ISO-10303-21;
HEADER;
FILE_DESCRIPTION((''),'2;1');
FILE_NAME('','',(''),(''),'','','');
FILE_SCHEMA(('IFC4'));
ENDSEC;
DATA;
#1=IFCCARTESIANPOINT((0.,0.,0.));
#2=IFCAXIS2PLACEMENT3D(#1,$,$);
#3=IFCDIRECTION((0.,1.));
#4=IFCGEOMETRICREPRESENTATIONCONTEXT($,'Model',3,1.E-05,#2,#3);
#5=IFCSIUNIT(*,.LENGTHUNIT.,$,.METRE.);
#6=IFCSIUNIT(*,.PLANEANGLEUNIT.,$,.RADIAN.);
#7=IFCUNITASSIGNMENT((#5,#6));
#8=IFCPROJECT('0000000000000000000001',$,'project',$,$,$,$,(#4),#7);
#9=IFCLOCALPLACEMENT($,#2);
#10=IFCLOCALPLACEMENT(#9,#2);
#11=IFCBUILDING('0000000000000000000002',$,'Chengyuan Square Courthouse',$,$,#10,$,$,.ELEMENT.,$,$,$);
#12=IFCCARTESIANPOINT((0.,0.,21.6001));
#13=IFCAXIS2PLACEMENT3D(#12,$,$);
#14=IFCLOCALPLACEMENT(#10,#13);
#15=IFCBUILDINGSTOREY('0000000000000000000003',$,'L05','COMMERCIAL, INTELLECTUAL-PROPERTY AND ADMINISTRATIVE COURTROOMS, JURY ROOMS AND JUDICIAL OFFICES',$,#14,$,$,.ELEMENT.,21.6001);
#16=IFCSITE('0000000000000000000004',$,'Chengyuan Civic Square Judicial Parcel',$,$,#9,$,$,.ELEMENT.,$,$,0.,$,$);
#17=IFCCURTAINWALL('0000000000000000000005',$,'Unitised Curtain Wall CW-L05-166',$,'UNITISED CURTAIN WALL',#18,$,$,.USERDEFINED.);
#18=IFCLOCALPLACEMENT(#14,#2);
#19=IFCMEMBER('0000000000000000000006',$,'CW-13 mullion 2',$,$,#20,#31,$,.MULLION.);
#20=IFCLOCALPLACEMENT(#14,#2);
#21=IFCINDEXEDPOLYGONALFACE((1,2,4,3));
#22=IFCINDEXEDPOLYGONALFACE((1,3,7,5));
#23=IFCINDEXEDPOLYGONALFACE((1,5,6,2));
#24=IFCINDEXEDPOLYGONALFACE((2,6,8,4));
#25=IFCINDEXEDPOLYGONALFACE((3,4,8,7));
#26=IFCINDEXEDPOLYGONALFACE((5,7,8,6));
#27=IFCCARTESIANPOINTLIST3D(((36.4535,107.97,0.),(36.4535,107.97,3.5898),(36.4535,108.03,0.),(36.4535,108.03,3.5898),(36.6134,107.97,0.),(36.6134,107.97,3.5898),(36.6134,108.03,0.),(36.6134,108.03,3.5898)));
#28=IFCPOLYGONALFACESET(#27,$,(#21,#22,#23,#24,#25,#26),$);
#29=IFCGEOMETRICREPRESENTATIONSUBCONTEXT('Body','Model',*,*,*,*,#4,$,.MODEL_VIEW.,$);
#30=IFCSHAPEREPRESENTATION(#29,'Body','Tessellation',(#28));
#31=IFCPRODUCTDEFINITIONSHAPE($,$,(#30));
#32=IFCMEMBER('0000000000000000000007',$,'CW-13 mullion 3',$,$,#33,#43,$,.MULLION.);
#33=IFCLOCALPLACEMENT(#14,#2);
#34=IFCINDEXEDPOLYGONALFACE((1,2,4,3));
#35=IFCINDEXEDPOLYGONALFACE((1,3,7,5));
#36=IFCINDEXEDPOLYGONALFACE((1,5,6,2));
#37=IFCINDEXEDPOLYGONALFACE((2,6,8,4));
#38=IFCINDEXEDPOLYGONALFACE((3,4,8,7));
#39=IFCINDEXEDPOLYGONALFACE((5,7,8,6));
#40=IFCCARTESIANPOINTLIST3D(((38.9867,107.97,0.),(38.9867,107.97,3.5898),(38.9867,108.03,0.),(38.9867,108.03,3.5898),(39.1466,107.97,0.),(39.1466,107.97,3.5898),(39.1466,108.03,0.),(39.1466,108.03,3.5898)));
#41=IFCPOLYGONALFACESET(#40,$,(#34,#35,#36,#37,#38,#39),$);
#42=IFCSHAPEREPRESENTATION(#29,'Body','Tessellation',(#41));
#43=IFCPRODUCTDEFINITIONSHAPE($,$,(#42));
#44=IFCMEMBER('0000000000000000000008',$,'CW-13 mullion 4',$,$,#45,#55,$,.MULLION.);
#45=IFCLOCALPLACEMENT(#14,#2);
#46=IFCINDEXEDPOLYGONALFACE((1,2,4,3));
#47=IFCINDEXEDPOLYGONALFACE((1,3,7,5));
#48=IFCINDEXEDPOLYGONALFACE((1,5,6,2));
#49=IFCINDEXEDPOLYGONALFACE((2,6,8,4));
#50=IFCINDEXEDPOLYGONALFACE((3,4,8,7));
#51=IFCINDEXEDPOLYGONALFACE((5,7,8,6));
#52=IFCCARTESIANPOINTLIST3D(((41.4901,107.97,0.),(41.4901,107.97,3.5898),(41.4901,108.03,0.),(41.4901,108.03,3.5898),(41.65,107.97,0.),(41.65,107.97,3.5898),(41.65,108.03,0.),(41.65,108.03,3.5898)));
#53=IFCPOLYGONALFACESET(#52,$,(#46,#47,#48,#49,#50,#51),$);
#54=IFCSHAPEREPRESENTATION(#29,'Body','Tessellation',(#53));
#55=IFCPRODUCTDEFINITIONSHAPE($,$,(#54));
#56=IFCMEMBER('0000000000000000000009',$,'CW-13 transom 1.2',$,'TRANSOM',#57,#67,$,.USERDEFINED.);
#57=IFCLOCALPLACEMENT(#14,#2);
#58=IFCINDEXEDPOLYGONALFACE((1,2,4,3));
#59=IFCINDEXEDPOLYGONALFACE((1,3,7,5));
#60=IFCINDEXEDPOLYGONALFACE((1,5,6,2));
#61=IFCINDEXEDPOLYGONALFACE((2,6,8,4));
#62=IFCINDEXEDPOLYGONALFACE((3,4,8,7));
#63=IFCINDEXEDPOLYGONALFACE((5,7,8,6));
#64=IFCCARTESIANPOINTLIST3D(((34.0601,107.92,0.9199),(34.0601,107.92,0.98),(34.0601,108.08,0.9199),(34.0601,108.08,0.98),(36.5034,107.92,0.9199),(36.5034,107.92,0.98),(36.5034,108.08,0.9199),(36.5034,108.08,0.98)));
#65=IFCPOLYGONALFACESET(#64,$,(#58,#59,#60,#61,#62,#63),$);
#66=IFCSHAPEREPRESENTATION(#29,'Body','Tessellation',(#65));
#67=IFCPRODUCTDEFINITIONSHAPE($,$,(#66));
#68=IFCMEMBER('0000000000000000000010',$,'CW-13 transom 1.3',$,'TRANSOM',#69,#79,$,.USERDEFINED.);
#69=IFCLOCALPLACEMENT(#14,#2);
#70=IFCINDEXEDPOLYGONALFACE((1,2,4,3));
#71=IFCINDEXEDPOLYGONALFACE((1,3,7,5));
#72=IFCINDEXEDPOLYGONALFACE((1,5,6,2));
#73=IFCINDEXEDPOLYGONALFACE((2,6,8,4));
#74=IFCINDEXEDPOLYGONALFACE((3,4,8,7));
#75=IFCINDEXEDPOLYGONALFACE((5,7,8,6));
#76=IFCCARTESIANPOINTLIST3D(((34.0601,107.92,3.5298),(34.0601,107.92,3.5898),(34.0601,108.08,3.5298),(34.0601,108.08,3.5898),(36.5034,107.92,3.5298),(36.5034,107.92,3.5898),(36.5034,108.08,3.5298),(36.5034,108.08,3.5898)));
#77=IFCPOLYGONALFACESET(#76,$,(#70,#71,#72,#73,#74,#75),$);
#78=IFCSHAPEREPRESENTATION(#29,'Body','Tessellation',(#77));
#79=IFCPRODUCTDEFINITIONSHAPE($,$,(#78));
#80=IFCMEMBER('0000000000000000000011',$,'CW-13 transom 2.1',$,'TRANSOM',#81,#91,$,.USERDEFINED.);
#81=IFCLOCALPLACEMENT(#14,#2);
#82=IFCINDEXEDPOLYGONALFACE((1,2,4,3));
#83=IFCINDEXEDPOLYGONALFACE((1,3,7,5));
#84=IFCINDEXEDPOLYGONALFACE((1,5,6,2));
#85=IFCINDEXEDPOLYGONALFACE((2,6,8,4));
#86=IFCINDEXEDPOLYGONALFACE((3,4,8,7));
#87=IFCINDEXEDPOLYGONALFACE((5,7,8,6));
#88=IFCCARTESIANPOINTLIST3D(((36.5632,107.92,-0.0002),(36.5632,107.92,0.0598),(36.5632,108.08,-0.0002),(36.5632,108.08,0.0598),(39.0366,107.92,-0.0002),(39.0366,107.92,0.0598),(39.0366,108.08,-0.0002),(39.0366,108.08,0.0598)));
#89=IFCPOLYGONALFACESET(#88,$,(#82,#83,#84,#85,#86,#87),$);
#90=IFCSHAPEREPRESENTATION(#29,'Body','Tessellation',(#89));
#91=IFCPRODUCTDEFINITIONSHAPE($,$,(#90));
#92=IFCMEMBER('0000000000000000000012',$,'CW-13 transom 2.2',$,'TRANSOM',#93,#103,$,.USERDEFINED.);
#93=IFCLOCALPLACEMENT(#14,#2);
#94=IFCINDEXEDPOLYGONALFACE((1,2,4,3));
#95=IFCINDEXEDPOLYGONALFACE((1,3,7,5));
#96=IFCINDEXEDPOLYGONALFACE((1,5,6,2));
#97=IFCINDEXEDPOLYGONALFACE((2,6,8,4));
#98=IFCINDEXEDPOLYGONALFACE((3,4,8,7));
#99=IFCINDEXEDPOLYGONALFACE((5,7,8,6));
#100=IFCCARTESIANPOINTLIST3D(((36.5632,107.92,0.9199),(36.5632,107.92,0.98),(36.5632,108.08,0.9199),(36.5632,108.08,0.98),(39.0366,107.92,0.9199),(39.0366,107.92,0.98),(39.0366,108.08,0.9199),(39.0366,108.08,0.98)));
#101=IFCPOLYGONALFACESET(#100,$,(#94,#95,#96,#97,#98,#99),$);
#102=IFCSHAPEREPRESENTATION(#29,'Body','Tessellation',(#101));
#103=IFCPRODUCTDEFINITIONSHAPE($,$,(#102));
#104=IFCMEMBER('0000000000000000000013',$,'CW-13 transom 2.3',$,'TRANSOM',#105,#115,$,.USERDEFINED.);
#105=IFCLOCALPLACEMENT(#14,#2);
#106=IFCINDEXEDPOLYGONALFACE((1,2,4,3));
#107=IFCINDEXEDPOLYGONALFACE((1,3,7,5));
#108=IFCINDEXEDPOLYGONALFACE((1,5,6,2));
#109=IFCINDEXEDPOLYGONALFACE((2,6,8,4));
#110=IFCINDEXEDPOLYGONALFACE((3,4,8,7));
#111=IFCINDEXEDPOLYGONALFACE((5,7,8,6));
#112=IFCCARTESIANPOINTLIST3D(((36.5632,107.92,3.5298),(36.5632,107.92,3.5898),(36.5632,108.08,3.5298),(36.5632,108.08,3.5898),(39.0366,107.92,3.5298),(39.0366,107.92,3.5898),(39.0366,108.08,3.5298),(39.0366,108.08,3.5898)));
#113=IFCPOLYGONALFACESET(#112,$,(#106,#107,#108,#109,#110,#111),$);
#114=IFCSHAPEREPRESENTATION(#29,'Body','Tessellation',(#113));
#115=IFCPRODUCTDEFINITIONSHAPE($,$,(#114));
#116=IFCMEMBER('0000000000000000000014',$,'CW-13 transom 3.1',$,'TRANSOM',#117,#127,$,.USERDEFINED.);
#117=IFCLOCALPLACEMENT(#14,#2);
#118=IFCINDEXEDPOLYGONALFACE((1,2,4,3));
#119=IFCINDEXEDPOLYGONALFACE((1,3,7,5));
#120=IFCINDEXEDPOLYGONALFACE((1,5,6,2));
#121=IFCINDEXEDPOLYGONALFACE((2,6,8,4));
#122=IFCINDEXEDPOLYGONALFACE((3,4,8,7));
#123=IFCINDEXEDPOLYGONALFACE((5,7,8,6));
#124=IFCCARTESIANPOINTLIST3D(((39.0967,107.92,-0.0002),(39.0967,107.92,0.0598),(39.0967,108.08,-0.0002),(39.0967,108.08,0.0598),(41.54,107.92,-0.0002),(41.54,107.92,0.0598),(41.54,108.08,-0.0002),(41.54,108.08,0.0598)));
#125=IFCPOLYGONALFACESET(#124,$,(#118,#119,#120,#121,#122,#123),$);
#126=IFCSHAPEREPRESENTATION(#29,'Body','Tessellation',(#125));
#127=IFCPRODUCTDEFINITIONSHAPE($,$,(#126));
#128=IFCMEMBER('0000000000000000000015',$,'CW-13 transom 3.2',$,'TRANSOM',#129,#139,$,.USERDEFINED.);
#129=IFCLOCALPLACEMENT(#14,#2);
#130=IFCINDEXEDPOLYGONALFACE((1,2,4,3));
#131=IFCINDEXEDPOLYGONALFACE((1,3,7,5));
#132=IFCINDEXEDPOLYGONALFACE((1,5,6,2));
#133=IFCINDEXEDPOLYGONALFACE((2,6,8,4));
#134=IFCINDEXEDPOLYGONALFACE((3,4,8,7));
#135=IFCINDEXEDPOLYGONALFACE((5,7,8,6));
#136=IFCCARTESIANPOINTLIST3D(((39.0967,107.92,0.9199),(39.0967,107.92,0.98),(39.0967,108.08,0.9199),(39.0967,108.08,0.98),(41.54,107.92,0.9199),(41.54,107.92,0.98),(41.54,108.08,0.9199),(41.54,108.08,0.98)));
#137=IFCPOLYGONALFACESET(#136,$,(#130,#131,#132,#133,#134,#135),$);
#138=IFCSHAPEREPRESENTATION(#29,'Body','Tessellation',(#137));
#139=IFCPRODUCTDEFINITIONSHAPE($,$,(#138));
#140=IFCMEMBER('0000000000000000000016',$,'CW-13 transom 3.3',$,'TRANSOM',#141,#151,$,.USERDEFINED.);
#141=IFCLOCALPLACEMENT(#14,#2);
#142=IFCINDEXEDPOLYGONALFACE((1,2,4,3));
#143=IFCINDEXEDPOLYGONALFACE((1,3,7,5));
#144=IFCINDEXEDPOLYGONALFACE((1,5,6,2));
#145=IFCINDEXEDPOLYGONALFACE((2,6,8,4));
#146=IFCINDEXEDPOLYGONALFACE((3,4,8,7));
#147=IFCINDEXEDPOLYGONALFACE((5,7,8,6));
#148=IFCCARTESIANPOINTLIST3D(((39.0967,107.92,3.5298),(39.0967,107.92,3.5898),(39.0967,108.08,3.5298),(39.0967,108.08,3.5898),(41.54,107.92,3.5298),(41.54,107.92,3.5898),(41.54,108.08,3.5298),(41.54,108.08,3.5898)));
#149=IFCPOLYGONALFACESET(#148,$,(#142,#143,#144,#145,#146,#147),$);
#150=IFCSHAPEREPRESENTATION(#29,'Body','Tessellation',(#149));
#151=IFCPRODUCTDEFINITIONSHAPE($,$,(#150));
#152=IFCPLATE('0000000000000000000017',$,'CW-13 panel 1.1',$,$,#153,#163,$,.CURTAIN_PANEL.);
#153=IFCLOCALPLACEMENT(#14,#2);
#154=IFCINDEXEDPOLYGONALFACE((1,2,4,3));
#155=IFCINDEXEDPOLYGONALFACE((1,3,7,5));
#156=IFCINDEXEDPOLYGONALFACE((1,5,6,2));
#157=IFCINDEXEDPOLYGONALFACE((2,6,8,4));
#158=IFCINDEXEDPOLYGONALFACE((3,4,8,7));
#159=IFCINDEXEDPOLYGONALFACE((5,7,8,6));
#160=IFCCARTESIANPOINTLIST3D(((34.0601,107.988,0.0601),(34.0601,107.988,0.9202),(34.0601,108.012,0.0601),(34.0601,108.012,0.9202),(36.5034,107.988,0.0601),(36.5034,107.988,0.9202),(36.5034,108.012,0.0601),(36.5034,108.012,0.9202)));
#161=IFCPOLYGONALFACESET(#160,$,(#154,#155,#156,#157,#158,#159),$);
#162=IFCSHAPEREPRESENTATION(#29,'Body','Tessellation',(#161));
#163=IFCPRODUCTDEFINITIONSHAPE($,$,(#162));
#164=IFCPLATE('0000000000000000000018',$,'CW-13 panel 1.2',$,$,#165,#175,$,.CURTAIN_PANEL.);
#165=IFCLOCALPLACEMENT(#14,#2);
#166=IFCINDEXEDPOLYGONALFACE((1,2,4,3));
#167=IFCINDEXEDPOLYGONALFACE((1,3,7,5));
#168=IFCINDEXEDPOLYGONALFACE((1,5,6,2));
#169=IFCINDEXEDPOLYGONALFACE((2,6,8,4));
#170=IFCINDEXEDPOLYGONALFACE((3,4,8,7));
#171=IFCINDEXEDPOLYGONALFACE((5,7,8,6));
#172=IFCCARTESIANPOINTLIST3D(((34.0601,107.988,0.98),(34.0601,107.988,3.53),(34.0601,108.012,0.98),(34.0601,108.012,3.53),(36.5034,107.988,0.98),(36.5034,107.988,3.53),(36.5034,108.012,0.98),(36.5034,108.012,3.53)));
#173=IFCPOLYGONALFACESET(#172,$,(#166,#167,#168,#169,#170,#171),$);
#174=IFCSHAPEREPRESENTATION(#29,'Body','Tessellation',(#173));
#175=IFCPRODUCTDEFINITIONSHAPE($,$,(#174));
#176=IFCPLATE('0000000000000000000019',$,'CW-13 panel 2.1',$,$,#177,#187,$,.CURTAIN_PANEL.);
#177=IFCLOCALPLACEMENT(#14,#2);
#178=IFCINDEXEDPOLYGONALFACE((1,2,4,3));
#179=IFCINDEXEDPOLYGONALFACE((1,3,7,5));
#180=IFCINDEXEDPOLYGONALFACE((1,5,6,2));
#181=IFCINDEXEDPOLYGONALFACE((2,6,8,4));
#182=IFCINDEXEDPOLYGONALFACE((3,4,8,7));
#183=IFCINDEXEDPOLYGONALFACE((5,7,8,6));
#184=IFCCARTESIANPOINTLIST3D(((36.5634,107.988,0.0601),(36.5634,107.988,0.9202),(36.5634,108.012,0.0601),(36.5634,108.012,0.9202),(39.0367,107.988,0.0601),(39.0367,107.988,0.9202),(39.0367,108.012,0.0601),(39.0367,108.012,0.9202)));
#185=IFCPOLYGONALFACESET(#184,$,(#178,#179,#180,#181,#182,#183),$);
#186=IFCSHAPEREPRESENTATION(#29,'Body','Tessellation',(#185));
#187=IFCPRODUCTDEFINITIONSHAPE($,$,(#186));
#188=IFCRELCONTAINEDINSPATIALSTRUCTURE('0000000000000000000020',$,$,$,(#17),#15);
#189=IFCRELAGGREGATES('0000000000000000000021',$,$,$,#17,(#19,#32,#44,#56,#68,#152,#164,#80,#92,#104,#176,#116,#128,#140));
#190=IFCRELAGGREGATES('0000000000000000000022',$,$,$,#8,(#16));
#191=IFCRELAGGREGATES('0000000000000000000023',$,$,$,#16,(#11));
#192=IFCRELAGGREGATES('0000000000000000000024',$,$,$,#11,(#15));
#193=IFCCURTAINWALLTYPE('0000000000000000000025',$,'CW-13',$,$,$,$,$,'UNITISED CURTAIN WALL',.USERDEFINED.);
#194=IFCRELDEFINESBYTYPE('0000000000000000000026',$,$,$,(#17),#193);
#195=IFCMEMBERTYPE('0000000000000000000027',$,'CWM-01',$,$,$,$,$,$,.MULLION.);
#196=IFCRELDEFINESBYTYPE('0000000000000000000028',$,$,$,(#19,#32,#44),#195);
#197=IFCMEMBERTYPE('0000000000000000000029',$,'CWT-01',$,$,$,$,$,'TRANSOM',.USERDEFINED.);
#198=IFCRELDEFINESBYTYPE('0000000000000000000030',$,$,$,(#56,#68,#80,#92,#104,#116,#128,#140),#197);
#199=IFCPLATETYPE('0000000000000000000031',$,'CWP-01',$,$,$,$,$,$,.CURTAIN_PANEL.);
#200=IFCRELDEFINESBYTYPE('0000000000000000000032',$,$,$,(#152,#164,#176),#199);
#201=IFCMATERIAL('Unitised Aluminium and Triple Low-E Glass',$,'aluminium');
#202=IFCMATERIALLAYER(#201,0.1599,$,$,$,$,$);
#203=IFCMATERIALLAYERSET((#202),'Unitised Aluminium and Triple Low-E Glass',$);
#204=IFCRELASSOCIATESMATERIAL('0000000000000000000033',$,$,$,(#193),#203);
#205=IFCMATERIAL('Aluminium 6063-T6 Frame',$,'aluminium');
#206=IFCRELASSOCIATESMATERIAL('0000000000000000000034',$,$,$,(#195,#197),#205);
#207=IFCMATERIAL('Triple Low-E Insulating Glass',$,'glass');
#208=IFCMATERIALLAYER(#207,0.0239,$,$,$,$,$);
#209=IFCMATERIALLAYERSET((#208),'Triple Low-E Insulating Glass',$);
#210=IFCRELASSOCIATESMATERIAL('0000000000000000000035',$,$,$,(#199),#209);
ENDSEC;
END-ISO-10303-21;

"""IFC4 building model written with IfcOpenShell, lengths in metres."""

from ifc_helpers import new_model, si_unit, direction, frame, origin, origin_2d, place, context, subcontext, project, spatial, rectangle, extrude, material, layer, layer_set, material_profile, profile_set, type_object, element, aggregate, save


model = new_model("IFC4")

# Units and contexts
model_context = context("Model", 3, precision=1e-05, world=origin(), true_north=direction((0.0, 1.0)))
body_context = subcontext(model_context, "Body", "Model", "MODEL_VIEW")
ifc_project = project(units=[si_unit("LENGTHUNIT", "METRE"), si_unit("PLANEANGLEUNIT", "RADIAN")], contexts=[model_context])

# Site, building, storey
site_placement = place(None, origin())
site = spatial("IfcSite", under=ifc_project, at=site_placement, Name="Chengyuan Civic Square Judicial Parcel", CompositionType="ELEMENT", RefElevation=0.0)
building_placement = place(site_placement, origin())
building = spatial("IfcBuilding", under=site, at=building_placement, Name="Chengyuan Square Courthouse", CompositionType="ELEMENT")
storey_placement = place(building_placement, frame((0.0, 0.0, 21.6001)))
storey = spatial("IfcBuildingStorey", under=building, at=storey_placement, Name="L05", Description="COMMERCIAL, INTELLECTUAL-PROPERTY AND ADMINISTRATIVE COURTROOMS, JURY ROOMS AND JUDICIAL OFFICES", CompositionType="ELEMENT", Elevation=21.6001)

# Curtain wall, members, plates
ifc_material_1 = material(Name="Unitised Aluminium and Triple Low-E Glass", Category="aluminium")
ifc_layer_1 = layer(ifc_material_1, 0.1599)
ifc_layer_set_1 = layer_set([ifc_layer_1], Name="Unitised Aluminium and Triple Low-E Glass")
curtain_wall_type = type_object("IfcCurtainWallType", Name="CW-13", ElementType="UNITISED CURTAIN WALL", PredefinedType="USERDEFINED", material=ifc_layer_set_1)
curtain_wall_placement = place(storey_placement, origin())
curtain_wall = element("IfcCurtainWall", 1, at=curtain_wall_placement, inside=storey, type_object=curtain_wall_type, Name="Unitised Curtain Wall CW-L05-166", ObjectType="UNITISED CURTAIN WALL", PredefinedType="USERDEFINED")
ifc_material_2 = material(Name="Aluminium 6063-T6 Frame", Category="aluminium")
ifc_material_profile_1 = material_profile(ifc_material_2, rectangle(XDim=0.0601, YDim=0.1599, at=origin_2d()), Name="CW-MUL-60x160")
ifc_profile_set_1 = profile_set([ifc_material_profile_1], Name="Aluminium 6063-T6 Frame")
member_type_1 = type_object("IfcMemberType", Name="CWM-01", PredefinedType="MULLION", material=ifc_profile_set_1)
member_1_placement = place(storey_placement, frame((36.5334, 108.0, 0.0), z_axis=(0.0, 0.0, 1.0), x_axis=(0.0, 1.0, 0.0)))
member_1 = element("IfcMember", 2, at=member_1_placement, type_object=member_type_1, Name="CW-13 mullion 2", PredefinedType="MULLION", context=body_context, shape_type="SweptSolid", body=[
    extrude(rectangle(XDim=0.0601, YDim=0.1599, at=origin_2d()), origin(), (0.0, 0.0, 1.0), 3.5898),
])
member_2_placement = place(storey_placement, frame((39.0667, 108.0, 0.0), z_axis=(0.0, 0.0, 1.0), x_axis=(0.0, 1.0, 0.0)))
member_2 = element("IfcMember", 3, at=member_2_placement, type_object=member_type_1, Name="CW-13 mullion 3", PredefinedType="MULLION", context=body_context, shape_type="SweptSolid", body=[
    extrude(rectangle(XDim=0.0601, YDim=0.1599, at=origin_2d()), origin(), (0.0, 0.0, 1.0), 3.5898),
])
member_3_placement = place(storey_placement, frame((41.5701, 108.0, 0.0), z_axis=(0.0, 0.0, 1.0), x_axis=(0.0, 1.0, 0.0)))
member_3 = element("IfcMember", 4, at=member_3_placement, type_object=member_type_1, Name="CW-13 mullion 4", PredefinedType="MULLION", context=body_context, shape_type="SweptSolid", body=[
    extrude(rectangle(XDim=0.0601, YDim=0.1599, at=origin_2d()), origin(), (0.0, 0.0, 1.0), 3.5898),
])
ifc_material_profile_2 = material_profile(ifc_material_2, rectangle(XDim=0.1599, YDim=0.0601, at=origin_2d()), Name="CW-TRN-60x120")
ifc_profile_set_2 = profile_set([ifc_material_profile_2], Name="Aluminium 6063-T6 Frame")
member_type_2 = type_object("IfcMemberType", Name="CWT-01", ElementType="TRANSOM", PredefinedType="USERDEFINED", material=ifc_profile_set_2)
member_4_placement = place(storey_placement, frame((34.0601, 108.0, 0.95), z_axis=(1.0, 0.0, 0.0), x_axis=(0.0, 1.0, 0.0)))
member_4 = element("IfcMember", 5, at=member_4_placement, type_object=member_type_2, Name="CW-13 transom 1.2", ObjectType="TRANSOM", PredefinedType="USERDEFINED", context=body_context, shape_type="SweptSolid", body=[
    extrude(rectangle(XDim=0.1599, YDim=0.0601, at=origin_2d()), origin(), (0.0, 0.0, 1.0), 2.4434),
])
member_5_placement = place(storey_placement, frame((34.0601, 108.0, 3.5598), z_axis=(1.0, 0.0, 0.0), x_axis=(0.0, 1.0, 0.0)))
member_5 = element("IfcMember", 6, at=member_5_placement, type_object=member_type_2, Name="CW-13 transom 1.3", ObjectType="TRANSOM", PredefinedType="USERDEFINED", context=body_context, shape_type="SweptSolid", body=[
    extrude(rectangle(XDim=0.1599, YDim=0.0601, at=origin_2d()), origin(), (0.0, 0.0, 1.0), 2.4434),
])
member_6_placement = place(storey_placement, frame((36.5632, 108.0, 0.0298), z_axis=(1.0, 0.0, 0.0), x_axis=(0.0, 1.0, 0.0)))
member_6 = element("IfcMember", 7, at=member_6_placement, type_object=member_type_2, Name="CW-13 transom 2.1", ObjectType="TRANSOM", PredefinedType="USERDEFINED", context=body_context, shape_type="SweptSolid", body=[
    extrude(rectangle(XDim=0.1599, YDim=0.0601, at=origin_2d()), origin(), (0.0, 0.0, 1.0), 2.4734),
])
member_7_placement = place(storey_placement, frame((36.5632, 108.0, 0.95), z_axis=(1.0, 0.0, 0.0), x_axis=(0.0, 1.0, 0.0)))
member_7 = element("IfcMember", 8, at=member_7_placement, type_object=member_type_2, Name="CW-13 transom 2.2", ObjectType="TRANSOM", PredefinedType="USERDEFINED", context=body_context, shape_type="SweptSolid", body=[
    extrude(rectangle(XDim=0.1599, YDim=0.0601, at=origin_2d()), origin(), (0.0, 0.0, 1.0), 2.4734),
])
member_8_placement = place(storey_placement, frame((36.5632, 108.0, 3.5598), z_axis=(1.0, 0.0, 0.0), x_axis=(0.0, 1.0, 0.0)))
member_8 = element("IfcMember", 9, at=member_8_placement, type_object=member_type_2, Name="CW-13 transom 2.3", ObjectType="TRANSOM", PredefinedType="USERDEFINED", context=body_context, shape_type="SweptSolid", body=[
    extrude(rectangle(XDim=0.1599, YDim=0.0601, at=origin_2d()), origin(), (0.0, 0.0, 1.0), 2.4734),
])
member_9_placement = place(storey_placement, frame((39.0967, 108.0, 0.0298), z_axis=(1.0, 0.0, 0.0), x_axis=(0.0, 1.0, 0.0)))
member_9 = element("IfcMember", 10, at=member_9_placement, type_object=member_type_2, Name="CW-13 transom 3.1", ObjectType="TRANSOM", PredefinedType="USERDEFINED", context=body_context, shape_type="SweptSolid", body=[
    extrude(rectangle(XDim=0.1599, YDim=0.0601, at=origin_2d()), origin(), (0.0, 0.0, 1.0), 2.4434),
])
member_10_placement = place(storey_placement, frame((39.0967, 108.0, 0.95), z_axis=(1.0, 0.0, 0.0), x_axis=(0.0, 1.0, 0.0)))
member_10 = element("IfcMember", 11, at=member_10_placement, type_object=member_type_2, Name="CW-13 transom 3.2", ObjectType="TRANSOM", PredefinedType="USERDEFINED", context=body_context, shape_type="SweptSolid", body=[
    extrude(rectangle(XDim=0.1599, YDim=0.0601, at=origin_2d()), origin(), (0.0, 0.0, 1.0), 2.4434),
])
member_11_placement = place(storey_placement, frame((39.0967, 108.0, 3.5598), z_axis=(1.0, 0.0, 0.0), x_axis=(0.0, 1.0, 0.0)))
member_11 = element("IfcMember", 12, at=member_11_placement, type_object=member_type_2, Name="CW-13 transom 3.3", ObjectType="TRANSOM", PredefinedType="USERDEFINED", context=body_context, shape_type="SweptSolid", body=[
    extrude(rectangle(XDim=0.1599, YDim=0.0601, at=origin_2d()), origin(), (0.0, 0.0, 1.0), 2.4434),
])
ifc_material_3 = material(Name="Triple Low-E Insulating Glass", Category="glass")
ifc_layer_2 = layer(ifc_material_3, 0.0239)
ifc_layer_set_2 = layer_set([ifc_layer_2], Name="Triple Low-E Insulating Glass")
plate_type = type_object("IfcPlateType", Name="CWP-01", PredefinedType="CURTAIN_PANEL", material=ifc_layer_set_2)
plate_1_placement = place(storey_placement, frame((35.2817, 108.0, 0.0601), z_axis=(0.0, 0.0, 1.0), x_axis=(1.0, 0.0, 0.0)))
plate_1 = element("IfcPlate", 13, at=plate_1_placement, type_object=plate_type, Name="CW-13 panel 1.1", PredefinedType="CURTAIN_PANEL", context=body_context, shape_type="SweptSolid", body=[
    extrude(rectangle(XDim=2.4434, YDim=0.0239, at=origin_2d()), origin(), (0.0, 0.0, 1.0), 0.8601),
])
plate_2_placement = place(storey_placement, frame((35.2817, 108.0, 0.98), z_axis=(0.0, 0.0, 1.0), x_axis=(1.0, 0.0, 0.0)))
plate_2 = element("IfcPlate", 14, at=plate_2_placement, type_object=plate_type, Name="CW-13 panel 1.2", PredefinedType="CURTAIN_PANEL", context=body_context, shape_type="SweptSolid", body=[
    extrude(rectangle(XDim=2.4434, YDim=0.0239, at=origin_2d()), origin(), (0.0, 0.0, 1.0), 2.55),
])
plate_3_placement = place(storey_placement, frame((37.8, 108.0, 0.0601), z_axis=(0.0, 0.0, 1.0), x_axis=(1.0, 0.0, 0.0)))
plate_3 = element("IfcPlate", 15, at=plate_3_placement, type_object=plate_type, Name="CW-13 panel 2.1", PredefinedType="CURTAIN_PANEL", context=body_context, shape_type="SweptSolid", body=[
    extrude(rectangle(XDim=2.4734, YDim=0.0239, at=origin_2d()), origin(), (0.0, 0.0, 1.0), 0.8601),
])
aggregate(curtain_wall, [member_1, member_2, member_3, member_4, member_5, plate_1, plate_2, member_6, member_7, member_8, plate_3, member_9, member_10, member_11])

save(model, "model.ifc")
